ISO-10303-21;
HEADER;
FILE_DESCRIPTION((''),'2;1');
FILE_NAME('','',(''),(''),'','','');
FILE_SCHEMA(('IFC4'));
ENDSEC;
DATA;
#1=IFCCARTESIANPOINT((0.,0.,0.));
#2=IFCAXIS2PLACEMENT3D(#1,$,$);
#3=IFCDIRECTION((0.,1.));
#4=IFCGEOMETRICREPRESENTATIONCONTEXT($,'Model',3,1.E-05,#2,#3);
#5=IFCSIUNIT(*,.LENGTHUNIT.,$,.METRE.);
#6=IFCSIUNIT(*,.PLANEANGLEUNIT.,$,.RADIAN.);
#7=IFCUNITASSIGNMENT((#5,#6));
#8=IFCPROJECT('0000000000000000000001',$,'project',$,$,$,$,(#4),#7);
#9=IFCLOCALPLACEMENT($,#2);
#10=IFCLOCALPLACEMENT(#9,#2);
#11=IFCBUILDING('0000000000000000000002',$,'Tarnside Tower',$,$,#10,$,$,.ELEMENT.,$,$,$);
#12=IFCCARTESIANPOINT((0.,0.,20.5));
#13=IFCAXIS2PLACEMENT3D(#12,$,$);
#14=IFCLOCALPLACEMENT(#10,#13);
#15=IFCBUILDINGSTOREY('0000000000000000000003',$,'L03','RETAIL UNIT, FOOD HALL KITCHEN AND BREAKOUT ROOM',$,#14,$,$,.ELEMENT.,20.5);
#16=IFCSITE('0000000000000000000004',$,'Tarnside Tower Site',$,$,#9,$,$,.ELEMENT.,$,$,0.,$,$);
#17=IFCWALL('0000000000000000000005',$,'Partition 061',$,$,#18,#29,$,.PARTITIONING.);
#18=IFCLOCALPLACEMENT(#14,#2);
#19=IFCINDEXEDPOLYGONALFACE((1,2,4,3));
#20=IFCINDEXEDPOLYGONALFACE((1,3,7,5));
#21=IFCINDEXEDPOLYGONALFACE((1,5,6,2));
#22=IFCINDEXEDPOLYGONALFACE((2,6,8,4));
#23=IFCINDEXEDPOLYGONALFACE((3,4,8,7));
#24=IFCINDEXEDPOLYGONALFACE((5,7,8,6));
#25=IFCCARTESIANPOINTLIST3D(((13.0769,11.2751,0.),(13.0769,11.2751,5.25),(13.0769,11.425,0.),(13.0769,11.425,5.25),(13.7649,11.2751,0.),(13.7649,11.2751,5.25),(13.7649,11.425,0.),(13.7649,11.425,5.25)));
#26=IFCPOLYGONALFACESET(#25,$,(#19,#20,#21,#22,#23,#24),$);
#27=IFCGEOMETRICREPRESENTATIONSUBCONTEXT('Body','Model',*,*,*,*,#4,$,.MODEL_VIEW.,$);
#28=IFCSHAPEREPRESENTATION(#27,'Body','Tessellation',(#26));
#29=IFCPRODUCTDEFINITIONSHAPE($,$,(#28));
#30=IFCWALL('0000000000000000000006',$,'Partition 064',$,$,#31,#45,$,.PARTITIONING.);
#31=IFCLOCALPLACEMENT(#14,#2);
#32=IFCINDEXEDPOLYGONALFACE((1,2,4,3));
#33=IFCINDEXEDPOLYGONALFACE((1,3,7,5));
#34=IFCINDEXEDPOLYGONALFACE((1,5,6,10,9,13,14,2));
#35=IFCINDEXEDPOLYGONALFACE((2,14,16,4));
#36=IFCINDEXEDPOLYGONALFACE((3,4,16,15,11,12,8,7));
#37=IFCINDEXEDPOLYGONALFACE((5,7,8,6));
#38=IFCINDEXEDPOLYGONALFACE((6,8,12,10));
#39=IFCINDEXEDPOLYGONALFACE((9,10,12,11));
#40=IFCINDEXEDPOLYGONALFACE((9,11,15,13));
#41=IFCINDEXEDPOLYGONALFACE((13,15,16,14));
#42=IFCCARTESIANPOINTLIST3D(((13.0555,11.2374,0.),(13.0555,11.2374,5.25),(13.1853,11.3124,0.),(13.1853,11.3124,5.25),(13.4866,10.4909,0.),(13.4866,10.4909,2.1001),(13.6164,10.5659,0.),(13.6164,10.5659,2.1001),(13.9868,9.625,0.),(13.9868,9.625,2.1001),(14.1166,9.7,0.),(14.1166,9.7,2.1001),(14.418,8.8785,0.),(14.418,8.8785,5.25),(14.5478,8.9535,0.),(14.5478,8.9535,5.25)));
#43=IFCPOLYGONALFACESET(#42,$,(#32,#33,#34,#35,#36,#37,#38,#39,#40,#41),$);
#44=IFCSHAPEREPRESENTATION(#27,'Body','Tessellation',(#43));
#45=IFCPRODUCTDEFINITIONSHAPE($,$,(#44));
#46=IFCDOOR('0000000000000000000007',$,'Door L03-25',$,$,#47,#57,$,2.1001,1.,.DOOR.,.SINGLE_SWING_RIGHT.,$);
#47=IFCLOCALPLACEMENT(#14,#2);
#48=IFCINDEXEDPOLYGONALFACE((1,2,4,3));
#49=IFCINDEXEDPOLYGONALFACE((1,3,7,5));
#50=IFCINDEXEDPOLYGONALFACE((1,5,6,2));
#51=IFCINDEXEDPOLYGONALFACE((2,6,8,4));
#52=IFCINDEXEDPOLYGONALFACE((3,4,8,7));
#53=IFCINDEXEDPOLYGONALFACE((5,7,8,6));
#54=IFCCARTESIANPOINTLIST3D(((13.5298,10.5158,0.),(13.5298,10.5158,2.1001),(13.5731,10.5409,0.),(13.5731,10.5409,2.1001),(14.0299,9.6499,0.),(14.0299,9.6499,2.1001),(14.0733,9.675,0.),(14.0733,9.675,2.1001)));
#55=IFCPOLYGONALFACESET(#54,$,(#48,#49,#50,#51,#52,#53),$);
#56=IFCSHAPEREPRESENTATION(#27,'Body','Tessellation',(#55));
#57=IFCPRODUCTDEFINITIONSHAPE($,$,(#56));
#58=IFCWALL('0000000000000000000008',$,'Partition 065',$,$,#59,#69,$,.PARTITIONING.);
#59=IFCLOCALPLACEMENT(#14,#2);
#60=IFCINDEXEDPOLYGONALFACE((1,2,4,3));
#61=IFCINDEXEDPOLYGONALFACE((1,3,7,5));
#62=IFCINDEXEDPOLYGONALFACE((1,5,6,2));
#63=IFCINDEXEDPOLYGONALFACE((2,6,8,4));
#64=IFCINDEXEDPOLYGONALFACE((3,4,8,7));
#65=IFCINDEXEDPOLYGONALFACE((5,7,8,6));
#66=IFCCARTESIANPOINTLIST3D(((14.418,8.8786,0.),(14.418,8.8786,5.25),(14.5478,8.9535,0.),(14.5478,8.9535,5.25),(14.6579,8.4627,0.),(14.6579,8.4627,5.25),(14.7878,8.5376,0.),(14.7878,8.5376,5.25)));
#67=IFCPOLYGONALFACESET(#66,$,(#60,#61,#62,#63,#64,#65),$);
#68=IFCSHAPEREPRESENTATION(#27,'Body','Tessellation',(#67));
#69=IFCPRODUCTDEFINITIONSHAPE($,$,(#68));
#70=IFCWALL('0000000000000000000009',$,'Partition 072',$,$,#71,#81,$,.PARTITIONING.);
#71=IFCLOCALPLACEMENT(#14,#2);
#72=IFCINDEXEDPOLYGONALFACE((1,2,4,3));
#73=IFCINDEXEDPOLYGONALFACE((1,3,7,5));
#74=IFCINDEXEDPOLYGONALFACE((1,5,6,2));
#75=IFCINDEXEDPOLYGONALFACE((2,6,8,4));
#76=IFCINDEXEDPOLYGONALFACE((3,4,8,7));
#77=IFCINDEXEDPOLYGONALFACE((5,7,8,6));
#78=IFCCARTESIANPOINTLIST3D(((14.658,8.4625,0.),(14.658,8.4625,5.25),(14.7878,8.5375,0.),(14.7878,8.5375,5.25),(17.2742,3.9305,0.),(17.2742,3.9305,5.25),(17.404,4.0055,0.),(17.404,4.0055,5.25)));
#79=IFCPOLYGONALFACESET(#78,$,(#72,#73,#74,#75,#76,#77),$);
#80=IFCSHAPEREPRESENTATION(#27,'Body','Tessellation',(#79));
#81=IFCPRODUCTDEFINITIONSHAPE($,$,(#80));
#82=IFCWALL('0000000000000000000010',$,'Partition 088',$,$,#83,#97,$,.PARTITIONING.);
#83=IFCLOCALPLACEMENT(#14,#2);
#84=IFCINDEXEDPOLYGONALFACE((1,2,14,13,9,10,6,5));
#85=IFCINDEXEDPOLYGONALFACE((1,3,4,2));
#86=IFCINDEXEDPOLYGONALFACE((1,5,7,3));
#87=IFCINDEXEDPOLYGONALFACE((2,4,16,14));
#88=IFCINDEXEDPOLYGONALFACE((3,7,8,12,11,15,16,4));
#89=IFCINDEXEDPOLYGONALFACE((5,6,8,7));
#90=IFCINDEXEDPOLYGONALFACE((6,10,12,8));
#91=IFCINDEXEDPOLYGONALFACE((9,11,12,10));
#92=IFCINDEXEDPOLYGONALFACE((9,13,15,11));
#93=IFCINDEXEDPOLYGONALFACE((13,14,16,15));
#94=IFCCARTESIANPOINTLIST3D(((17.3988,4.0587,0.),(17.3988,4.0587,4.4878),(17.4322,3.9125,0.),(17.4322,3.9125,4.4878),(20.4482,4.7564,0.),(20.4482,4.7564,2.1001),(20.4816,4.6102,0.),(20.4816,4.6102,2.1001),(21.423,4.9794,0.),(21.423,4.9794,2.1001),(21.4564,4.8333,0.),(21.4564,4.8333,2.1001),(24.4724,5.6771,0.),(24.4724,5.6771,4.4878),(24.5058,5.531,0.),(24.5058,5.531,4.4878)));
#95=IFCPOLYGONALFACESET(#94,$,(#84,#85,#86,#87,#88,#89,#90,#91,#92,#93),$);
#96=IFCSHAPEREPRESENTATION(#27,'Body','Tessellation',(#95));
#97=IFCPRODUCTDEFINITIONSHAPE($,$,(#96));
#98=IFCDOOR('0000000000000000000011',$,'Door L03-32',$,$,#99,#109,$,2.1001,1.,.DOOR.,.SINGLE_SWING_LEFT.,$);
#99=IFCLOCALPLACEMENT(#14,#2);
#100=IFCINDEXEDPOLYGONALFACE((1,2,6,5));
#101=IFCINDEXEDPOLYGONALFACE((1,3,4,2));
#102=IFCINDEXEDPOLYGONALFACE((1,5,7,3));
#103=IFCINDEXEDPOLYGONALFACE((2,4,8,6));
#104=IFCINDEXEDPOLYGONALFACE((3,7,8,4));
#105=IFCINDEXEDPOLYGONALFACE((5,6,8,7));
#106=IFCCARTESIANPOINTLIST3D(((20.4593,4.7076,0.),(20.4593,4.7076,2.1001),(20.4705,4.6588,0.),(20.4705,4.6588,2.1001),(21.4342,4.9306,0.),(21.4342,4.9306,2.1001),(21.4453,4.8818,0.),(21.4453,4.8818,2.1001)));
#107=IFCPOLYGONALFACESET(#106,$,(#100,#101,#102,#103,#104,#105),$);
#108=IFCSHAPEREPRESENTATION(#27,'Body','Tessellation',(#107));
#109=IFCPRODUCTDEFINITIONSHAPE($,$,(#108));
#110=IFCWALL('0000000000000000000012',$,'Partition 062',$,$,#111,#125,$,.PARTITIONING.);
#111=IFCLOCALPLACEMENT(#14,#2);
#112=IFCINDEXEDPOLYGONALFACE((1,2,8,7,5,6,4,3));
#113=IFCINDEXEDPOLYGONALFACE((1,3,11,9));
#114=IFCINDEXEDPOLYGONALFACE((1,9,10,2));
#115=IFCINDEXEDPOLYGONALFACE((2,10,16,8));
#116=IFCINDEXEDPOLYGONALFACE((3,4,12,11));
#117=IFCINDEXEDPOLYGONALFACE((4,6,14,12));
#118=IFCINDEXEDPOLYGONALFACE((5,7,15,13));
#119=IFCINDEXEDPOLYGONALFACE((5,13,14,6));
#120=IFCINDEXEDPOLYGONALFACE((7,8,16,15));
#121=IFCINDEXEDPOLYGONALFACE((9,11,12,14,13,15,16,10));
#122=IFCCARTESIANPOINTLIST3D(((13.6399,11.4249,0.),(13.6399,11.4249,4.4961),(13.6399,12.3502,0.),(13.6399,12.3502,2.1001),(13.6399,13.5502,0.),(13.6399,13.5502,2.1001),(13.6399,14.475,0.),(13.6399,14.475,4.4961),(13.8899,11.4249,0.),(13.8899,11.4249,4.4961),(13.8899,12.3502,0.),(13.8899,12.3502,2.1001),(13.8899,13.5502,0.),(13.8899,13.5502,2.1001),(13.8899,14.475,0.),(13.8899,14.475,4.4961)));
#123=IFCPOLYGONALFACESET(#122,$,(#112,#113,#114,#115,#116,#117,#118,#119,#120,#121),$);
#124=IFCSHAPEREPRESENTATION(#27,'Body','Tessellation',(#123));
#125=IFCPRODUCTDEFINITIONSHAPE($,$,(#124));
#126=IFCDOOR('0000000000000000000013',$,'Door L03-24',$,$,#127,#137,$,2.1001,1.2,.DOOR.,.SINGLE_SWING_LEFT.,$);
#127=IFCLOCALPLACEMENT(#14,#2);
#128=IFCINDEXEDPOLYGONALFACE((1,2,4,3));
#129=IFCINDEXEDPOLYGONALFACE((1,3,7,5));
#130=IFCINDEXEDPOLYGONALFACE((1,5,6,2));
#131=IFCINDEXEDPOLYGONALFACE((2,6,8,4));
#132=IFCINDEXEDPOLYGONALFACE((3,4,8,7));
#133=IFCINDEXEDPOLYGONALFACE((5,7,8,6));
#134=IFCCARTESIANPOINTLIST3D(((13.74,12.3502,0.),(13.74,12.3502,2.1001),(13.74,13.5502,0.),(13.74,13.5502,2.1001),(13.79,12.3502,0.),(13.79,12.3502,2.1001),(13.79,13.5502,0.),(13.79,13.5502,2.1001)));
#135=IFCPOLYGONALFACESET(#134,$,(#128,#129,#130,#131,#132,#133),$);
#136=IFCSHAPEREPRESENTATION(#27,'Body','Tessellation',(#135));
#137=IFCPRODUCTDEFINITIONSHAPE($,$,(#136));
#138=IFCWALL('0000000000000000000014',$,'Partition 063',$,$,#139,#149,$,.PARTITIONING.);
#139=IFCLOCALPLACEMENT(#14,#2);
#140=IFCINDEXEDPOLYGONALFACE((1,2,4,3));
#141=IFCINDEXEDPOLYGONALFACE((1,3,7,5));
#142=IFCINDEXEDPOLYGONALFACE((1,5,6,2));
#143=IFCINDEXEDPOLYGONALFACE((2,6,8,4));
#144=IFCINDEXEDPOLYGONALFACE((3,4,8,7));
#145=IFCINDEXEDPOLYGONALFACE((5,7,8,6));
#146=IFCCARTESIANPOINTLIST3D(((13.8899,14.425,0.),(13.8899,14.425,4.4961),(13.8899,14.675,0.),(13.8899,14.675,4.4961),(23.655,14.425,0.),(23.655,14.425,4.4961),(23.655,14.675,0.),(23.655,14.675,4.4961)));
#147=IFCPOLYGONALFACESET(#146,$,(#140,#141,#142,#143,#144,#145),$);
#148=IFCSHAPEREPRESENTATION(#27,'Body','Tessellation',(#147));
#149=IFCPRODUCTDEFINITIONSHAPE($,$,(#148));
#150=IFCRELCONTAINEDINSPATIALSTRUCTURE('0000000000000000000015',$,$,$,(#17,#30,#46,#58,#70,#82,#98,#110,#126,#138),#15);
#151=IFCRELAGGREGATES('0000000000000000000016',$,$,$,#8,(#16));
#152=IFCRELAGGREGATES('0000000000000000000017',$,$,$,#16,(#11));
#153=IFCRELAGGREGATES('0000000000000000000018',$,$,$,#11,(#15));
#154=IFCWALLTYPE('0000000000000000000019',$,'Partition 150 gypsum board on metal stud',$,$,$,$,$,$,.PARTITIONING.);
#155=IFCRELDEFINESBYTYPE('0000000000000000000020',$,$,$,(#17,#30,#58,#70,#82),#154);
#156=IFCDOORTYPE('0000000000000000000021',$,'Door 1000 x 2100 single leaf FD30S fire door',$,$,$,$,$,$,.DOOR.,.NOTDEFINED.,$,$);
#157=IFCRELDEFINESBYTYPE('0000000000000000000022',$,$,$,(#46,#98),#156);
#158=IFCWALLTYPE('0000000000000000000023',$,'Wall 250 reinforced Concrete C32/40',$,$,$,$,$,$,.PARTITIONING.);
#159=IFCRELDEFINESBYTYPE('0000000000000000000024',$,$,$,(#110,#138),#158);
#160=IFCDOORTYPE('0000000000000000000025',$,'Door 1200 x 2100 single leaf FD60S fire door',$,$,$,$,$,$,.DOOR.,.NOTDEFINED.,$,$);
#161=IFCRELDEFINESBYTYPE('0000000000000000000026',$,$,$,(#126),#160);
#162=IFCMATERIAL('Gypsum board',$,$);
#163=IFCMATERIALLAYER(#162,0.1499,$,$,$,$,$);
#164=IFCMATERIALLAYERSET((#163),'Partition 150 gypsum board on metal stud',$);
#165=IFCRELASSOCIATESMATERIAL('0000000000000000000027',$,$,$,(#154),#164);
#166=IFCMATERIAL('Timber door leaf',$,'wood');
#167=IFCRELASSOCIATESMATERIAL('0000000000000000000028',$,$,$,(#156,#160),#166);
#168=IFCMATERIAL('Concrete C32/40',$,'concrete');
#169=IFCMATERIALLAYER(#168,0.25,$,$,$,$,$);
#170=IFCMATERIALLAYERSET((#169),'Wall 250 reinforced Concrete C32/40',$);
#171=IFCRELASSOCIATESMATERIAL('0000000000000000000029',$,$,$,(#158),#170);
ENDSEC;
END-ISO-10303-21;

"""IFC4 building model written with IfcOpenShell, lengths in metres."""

from ifc_helpers import new_model, si_unit, direction, frame, frame_2d, origin, place, context, subcontext, project, spatial, rectangle, extrude, material, layer, layer_set, type_object, element, fill, save


model = new_model("IFC4")

# Units and contexts
model_context = context("Model", 3, precision=1e-05, world=origin(), true_north=direction((0.0, 1.0)))
body_context = subcontext(model_context, "Body", "Model", "MODEL_VIEW")
ifc_project = project(units=[si_unit("LENGTHUNIT", "METRE"), si_unit("PLANEANGLEUNIT", "RADIAN")], contexts=[model_context])

# Site, building, storey
site_placement = place(None, origin())
site = spatial("IfcSite", under=ifc_project, at=site_placement, Name="Tarnside Tower Site", CompositionType="ELEMENT", RefElevation=0.0)
building_placement = place(site_placement, origin())
building = spatial("IfcBuilding", under=site, at=building_placement, Name="Tarnside Tower", CompositionType="ELEMENT")
storey_placement = place(building_placement, frame((0.0, 0.0, 20.5)))
storey = spatial("IfcBuildingStorey", under=building, at=storey_placement, Name="L03", Description="RETAIL UNIT, FOOD HALL KITCHEN AND BREAKOUT ROOM", CompositionType="ELEMENT", Elevation=20.5)

# Shared definitions
ifc_material_1 = material(Name="Gypsum board")
ifc_layer_1 = layer(ifc_material_1, 0.1499)
ifc_layer_set_1 = layer_set([ifc_layer_1], Name="Partition 150 gypsum board on metal stud")
wall_type_1 = type_object("IfcWallType", Name="Partition 150 gypsum board on metal stud", PredefinedType="PARTITIONING", material=ifc_layer_set_1)
ifc_material_2 = material(Name="Timber door leaf", Category="wood")
door_type_1 = type_object("IfcDoorType", Name="Door 1000 x 2100 single leaf FD30S fire door", OperationType="NOTDEFINED", PredefinedType="DOOR", material=ifc_material_2)

# Wall
wall_1_placement = place(storey_placement, frame((13.7649, 11.3501, 0.0), z_axis=(0.0, 0.0, 1.0), x_axis=(-1.0, 0.0, 0.0)))
element("IfcWall", 1, at=wall_1_placement, inside=storey, type_object=wall_type_1, Name="Partition 061", PredefinedType="PARTITIONING", context=body_context, shape_type="SweptSolid", body=[
    extrude(rectangle(XDim=0.688, YDim=0.1499, at=frame_2d((0.344, 0.0))), origin(), (0.0, 0.0, 1.0), 5.25),
])

# Wall, opening, door
wall_2_placement = place(storey_placement, frame((13.1204, 11.2749, 0.0), z_axis=(0.0, 0.0, 1.0), x_axis=(0.500178, -0.865923, 0.0)))
wall_2 = element("IfcWall", 2, at=wall_2_placement, inside=storey, type_object=wall_type_1, Name="Partition 064", PredefinedType="PARTITIONING", context=body_context, shape_type="SweptSolid", body=[
    extrude(rectangle(XDim=2.7241, YDim=0.1499, at=frame_2d((1.3621, 0.0))), origin(), (0.0, 0.0, 1.0), 5.25),
])
opening_1_placement = place(wall_2_placement, frame((0.8621, 0.0, 0.0)))
opening_1 = element("IfcOpeningElement", 3, at=opening_1_placement, cuts=wall_2, PredefinedType="OPENING", context=body_context, shape_type="SweptSolid", body=[
    extrude(rectangle(XDim=1.0, YDim=2.1001, at=frame_2d((0.5, 1.05))), frame((0.0, 0.085, 0.0), z_axis=(0.0, -1.0, 0.0), x_axis=(1.0, 0.0, 0.0)), (0.0, 0.0, 1.0), 0.1699),
])
door_1_placement = place(opening_1_placement, origin())
door_1 = element("IfcDoor", 4, at=door_1_placement, inside=storey, type_object=door_type_1, Name="Door L03-25", OperationType="SINGLE_SWING_RIGHT", OverallHeight=2.1001, OverallWidth=1.0, PredefinedType="DOOR", context=body_context, shape_type="SweptSolid", body=[
    extrude(rectangle(XDim=1.0, YDim=2.1001, at=frame_2d((0.5, 1.05))), frame((0.0, 0.0249, 0.0), z_axis=(0.0, -1.0, 0.0), x_axis=(1.0, 0.0, 0.0)), (0.0, 0.0, 1.0), 0.05),
])
fill(opening_1, door_1)

# Walls
wall_3_placement = place(storey_placement, frame((14.7229, 8.5, 0.0), z_axis=(0.0, 0.0, 1.0), x_axis=(-0.499693, 0.866203, 0.0)))
element("IfcWall", 5, at=wall_3_placement, inside=storey, type_object=wall_type_1, Name="Partition 065", PredefinedType="PARTITIONING", context=body_context, shape_type="SweptSolid", body=[
    extrude(rectangle(XDim=0.4802, YDim=0.1499, at=frame_2d((0.2402, 0.0))), origin(), (0.0, 0.0, 1.0), 5.25),
])
wall_4_placement = place(storey_placement, frame((17.3391, 3.968, 0.0), z_axis=(0.0, 0.0, 1.0), x_axis=(-0.499953, 0.866053, 0.0)))
element("IfcWall", 6, at=wall_4_placement, inside=storey, type_object=wall_type_1, Name="Partition 072", PredefinedType="PARTITIONING", context=body_context, shape_type="SweptSolid", body=[
    extrude(rectangle(XDim=5.2329, YDim=0.1499, at=frame_2d((2.6165, 0.0))), origin(), (0.0, 0.0, 1.0), 5.25),
])

# Walls, openings, doors
wall_5_placement = place(storey_placement, frame((17.4155, 3.9856, 0.0), z_axis=(0.0, 0.0, 1.0), x_axis=(0.97481, 0.223036, 0.0)))
wall_5 = element("IfcWall", 7, at=wall_5_placement, inside=storey, type_object=wall_type_1, Name="Partition 088", PredefinedType="PARTITIONING", context=body_context, shape_type="SweptSolid", body=[
    extrude(rectangle(XDim=7.2563, YDim=0.1499, at=frame_2d((3.6282, 0.0))), origin(), (0.0, 0.0, 1.0), 4.4878),
])
opening_2_placement = place(wall_5_placement, frame((3.1282, 0.0, 0.0)))
opening_2 = element("IfcOpeningElement", 8, at=opening_2_placement, cuts=wall_5, PredefinedType="OPENING", context=body_context, shape_type="SweptSolid", body=[
    extrude(rectangle(XDim=1.0, YDim=2.1001, at=frame_2d((0.5, 1.05))), frame((0.0, 0.085, 0.0), z_axis=(0.0, -1.0, 0.0), x_axis=(1.0, 0.0, 0.0)), (0.0, 0.0, 1.0), 0.1699),
])
door_2_placement = place(opening_2_placement, origin())
door_2 = element("IfcDoor", 9, at=door_2_placement, inside=storey, type_object=door_type_1, Name="Door L03-32", OperationType="SINGLE_SWING_LEFT", OverallHeight=2.1001, OverallWidth=1.0, PredefinedType="DOOR", context=body_context, shape_type="SweptSolid", body=[
    extrude(rectangle(XDim=1.0, YDim=2.1001, at=frame_2d((0.5, 1.05))), frame((0.0, 0.0249, 0.0), z_axis=(0.0, -1.0, 0.0), x_axis=(1.0, 0.0, 0.0)), (0.0, 0.0, 1.0), 0.05),
])
fill(opening_2, door_2)
ifc_material_3 = material(Name="Concrete C32/40", Category="concrete")
ifc_layer_2 = layer(ifc_material_3, 0.25)
ifc_layer_set_2 = layer_set([ifc_layer_2], Name="Wall 250 reinforced Concrete C32/40")
wall_type_2 = type_object("IfcWallType", Name="Wall 250 reinforced Concrete C32/40", PredefinedType="PARTITIONING", material=ifc_layer_set_2)
wall_6_placement = place(storey_placement, frame((13.7649, 11.425, 0.0), z_axis=(0.0, 0.0, 1.0), x_axis=(0.0, 1.0, 0.0)))
wall_6 = element("IfcWall", 10, at=wall_6_placement, inside=storey, type_object=wall_type_2, Name="Partition 062", PredefinedType="PARTITIONING", context=body_context, shape_type="SweptSolid", body=[
    extrude(rectangle(XDim=3.05, YDim=0.25, at=frame_2d((1.5249, 0.0))), origin(), (0.0, 0.0, 1.0), 4.4961),
])
opening_3_placement = place(wall_6_placement, frame((0.925, 0.0, 0.0)))
opening_3 = element("IfcOpeningElement", 11, at=opening_3_placement, cuts=wall_6, PredefinedType="OPENING", context=body_context, shape_type="SweptSolid", body=[
    extrude(rectangle(XDim=1.2, YDim=2.1001, at=frame_2d((0.6001, 1.05))), frame((0.0, 0.135, 0.0), z_axis=(0.0, -1.0, 0.0), x_axis=(1.0, 0.0, 0.0)), (0.0, 0.0, 1.0), 0.27),
])
door_type_2 = type_object("IfcDoorType", Name="Door 1200 x 2100 single leaf FD60S fire door", OperationType="NOTDEFINED", PredefinedType="DOOR", material=ifc_material_2)
door_3_placement = place(opening_3_placement, origin())
door_3 = element("IfcDoor", 12, at=door_3_placement, inside=storey, type_object=door_type_2, Name="Door L03-24", OperationType="SINGLE_SWING_LEFT", OverallHeight=2.1001, OverallWidth=1.2, PredefinedType="DOOR", context=body_context, shape_type="SweptSolid", body=[
    extrude(rectangle(XDim=1.2, YDim=2.1001, at=frame_2d((0.6001, 1.05))), frame((0.0, 0.0249, 0.0), z_axis=(0.0, -1.0, 0.0), x_axis=(1.0, 0.0, 0.0)), (0.0, 0.0, 1.0), 0.05),
])
fill(opening_3, door_3)

# Wall
wall_7_placement = place(storey_placement, frame((13.8899, 14.55, 0.0), z_axis=(0.0, 0.0, 1.0), x_axis=(1.0, 0.0, 0.0)))
element("IfcWall", 13, at=wall_7_placement, inside=storey, type_object=wall_type_2, Name="Partition 063", PredefinedType="PARTITIONING", context=body_context, shape_type="SweptSolid", body=[
    extrude(rectangle(XDim=9.7651, YDim=0.25, at=frame_2d((4.8826, 0.0))), origin(), (0.0, 0.0, 1.0), 4.4961),
])

save(model, "model.ifc")
